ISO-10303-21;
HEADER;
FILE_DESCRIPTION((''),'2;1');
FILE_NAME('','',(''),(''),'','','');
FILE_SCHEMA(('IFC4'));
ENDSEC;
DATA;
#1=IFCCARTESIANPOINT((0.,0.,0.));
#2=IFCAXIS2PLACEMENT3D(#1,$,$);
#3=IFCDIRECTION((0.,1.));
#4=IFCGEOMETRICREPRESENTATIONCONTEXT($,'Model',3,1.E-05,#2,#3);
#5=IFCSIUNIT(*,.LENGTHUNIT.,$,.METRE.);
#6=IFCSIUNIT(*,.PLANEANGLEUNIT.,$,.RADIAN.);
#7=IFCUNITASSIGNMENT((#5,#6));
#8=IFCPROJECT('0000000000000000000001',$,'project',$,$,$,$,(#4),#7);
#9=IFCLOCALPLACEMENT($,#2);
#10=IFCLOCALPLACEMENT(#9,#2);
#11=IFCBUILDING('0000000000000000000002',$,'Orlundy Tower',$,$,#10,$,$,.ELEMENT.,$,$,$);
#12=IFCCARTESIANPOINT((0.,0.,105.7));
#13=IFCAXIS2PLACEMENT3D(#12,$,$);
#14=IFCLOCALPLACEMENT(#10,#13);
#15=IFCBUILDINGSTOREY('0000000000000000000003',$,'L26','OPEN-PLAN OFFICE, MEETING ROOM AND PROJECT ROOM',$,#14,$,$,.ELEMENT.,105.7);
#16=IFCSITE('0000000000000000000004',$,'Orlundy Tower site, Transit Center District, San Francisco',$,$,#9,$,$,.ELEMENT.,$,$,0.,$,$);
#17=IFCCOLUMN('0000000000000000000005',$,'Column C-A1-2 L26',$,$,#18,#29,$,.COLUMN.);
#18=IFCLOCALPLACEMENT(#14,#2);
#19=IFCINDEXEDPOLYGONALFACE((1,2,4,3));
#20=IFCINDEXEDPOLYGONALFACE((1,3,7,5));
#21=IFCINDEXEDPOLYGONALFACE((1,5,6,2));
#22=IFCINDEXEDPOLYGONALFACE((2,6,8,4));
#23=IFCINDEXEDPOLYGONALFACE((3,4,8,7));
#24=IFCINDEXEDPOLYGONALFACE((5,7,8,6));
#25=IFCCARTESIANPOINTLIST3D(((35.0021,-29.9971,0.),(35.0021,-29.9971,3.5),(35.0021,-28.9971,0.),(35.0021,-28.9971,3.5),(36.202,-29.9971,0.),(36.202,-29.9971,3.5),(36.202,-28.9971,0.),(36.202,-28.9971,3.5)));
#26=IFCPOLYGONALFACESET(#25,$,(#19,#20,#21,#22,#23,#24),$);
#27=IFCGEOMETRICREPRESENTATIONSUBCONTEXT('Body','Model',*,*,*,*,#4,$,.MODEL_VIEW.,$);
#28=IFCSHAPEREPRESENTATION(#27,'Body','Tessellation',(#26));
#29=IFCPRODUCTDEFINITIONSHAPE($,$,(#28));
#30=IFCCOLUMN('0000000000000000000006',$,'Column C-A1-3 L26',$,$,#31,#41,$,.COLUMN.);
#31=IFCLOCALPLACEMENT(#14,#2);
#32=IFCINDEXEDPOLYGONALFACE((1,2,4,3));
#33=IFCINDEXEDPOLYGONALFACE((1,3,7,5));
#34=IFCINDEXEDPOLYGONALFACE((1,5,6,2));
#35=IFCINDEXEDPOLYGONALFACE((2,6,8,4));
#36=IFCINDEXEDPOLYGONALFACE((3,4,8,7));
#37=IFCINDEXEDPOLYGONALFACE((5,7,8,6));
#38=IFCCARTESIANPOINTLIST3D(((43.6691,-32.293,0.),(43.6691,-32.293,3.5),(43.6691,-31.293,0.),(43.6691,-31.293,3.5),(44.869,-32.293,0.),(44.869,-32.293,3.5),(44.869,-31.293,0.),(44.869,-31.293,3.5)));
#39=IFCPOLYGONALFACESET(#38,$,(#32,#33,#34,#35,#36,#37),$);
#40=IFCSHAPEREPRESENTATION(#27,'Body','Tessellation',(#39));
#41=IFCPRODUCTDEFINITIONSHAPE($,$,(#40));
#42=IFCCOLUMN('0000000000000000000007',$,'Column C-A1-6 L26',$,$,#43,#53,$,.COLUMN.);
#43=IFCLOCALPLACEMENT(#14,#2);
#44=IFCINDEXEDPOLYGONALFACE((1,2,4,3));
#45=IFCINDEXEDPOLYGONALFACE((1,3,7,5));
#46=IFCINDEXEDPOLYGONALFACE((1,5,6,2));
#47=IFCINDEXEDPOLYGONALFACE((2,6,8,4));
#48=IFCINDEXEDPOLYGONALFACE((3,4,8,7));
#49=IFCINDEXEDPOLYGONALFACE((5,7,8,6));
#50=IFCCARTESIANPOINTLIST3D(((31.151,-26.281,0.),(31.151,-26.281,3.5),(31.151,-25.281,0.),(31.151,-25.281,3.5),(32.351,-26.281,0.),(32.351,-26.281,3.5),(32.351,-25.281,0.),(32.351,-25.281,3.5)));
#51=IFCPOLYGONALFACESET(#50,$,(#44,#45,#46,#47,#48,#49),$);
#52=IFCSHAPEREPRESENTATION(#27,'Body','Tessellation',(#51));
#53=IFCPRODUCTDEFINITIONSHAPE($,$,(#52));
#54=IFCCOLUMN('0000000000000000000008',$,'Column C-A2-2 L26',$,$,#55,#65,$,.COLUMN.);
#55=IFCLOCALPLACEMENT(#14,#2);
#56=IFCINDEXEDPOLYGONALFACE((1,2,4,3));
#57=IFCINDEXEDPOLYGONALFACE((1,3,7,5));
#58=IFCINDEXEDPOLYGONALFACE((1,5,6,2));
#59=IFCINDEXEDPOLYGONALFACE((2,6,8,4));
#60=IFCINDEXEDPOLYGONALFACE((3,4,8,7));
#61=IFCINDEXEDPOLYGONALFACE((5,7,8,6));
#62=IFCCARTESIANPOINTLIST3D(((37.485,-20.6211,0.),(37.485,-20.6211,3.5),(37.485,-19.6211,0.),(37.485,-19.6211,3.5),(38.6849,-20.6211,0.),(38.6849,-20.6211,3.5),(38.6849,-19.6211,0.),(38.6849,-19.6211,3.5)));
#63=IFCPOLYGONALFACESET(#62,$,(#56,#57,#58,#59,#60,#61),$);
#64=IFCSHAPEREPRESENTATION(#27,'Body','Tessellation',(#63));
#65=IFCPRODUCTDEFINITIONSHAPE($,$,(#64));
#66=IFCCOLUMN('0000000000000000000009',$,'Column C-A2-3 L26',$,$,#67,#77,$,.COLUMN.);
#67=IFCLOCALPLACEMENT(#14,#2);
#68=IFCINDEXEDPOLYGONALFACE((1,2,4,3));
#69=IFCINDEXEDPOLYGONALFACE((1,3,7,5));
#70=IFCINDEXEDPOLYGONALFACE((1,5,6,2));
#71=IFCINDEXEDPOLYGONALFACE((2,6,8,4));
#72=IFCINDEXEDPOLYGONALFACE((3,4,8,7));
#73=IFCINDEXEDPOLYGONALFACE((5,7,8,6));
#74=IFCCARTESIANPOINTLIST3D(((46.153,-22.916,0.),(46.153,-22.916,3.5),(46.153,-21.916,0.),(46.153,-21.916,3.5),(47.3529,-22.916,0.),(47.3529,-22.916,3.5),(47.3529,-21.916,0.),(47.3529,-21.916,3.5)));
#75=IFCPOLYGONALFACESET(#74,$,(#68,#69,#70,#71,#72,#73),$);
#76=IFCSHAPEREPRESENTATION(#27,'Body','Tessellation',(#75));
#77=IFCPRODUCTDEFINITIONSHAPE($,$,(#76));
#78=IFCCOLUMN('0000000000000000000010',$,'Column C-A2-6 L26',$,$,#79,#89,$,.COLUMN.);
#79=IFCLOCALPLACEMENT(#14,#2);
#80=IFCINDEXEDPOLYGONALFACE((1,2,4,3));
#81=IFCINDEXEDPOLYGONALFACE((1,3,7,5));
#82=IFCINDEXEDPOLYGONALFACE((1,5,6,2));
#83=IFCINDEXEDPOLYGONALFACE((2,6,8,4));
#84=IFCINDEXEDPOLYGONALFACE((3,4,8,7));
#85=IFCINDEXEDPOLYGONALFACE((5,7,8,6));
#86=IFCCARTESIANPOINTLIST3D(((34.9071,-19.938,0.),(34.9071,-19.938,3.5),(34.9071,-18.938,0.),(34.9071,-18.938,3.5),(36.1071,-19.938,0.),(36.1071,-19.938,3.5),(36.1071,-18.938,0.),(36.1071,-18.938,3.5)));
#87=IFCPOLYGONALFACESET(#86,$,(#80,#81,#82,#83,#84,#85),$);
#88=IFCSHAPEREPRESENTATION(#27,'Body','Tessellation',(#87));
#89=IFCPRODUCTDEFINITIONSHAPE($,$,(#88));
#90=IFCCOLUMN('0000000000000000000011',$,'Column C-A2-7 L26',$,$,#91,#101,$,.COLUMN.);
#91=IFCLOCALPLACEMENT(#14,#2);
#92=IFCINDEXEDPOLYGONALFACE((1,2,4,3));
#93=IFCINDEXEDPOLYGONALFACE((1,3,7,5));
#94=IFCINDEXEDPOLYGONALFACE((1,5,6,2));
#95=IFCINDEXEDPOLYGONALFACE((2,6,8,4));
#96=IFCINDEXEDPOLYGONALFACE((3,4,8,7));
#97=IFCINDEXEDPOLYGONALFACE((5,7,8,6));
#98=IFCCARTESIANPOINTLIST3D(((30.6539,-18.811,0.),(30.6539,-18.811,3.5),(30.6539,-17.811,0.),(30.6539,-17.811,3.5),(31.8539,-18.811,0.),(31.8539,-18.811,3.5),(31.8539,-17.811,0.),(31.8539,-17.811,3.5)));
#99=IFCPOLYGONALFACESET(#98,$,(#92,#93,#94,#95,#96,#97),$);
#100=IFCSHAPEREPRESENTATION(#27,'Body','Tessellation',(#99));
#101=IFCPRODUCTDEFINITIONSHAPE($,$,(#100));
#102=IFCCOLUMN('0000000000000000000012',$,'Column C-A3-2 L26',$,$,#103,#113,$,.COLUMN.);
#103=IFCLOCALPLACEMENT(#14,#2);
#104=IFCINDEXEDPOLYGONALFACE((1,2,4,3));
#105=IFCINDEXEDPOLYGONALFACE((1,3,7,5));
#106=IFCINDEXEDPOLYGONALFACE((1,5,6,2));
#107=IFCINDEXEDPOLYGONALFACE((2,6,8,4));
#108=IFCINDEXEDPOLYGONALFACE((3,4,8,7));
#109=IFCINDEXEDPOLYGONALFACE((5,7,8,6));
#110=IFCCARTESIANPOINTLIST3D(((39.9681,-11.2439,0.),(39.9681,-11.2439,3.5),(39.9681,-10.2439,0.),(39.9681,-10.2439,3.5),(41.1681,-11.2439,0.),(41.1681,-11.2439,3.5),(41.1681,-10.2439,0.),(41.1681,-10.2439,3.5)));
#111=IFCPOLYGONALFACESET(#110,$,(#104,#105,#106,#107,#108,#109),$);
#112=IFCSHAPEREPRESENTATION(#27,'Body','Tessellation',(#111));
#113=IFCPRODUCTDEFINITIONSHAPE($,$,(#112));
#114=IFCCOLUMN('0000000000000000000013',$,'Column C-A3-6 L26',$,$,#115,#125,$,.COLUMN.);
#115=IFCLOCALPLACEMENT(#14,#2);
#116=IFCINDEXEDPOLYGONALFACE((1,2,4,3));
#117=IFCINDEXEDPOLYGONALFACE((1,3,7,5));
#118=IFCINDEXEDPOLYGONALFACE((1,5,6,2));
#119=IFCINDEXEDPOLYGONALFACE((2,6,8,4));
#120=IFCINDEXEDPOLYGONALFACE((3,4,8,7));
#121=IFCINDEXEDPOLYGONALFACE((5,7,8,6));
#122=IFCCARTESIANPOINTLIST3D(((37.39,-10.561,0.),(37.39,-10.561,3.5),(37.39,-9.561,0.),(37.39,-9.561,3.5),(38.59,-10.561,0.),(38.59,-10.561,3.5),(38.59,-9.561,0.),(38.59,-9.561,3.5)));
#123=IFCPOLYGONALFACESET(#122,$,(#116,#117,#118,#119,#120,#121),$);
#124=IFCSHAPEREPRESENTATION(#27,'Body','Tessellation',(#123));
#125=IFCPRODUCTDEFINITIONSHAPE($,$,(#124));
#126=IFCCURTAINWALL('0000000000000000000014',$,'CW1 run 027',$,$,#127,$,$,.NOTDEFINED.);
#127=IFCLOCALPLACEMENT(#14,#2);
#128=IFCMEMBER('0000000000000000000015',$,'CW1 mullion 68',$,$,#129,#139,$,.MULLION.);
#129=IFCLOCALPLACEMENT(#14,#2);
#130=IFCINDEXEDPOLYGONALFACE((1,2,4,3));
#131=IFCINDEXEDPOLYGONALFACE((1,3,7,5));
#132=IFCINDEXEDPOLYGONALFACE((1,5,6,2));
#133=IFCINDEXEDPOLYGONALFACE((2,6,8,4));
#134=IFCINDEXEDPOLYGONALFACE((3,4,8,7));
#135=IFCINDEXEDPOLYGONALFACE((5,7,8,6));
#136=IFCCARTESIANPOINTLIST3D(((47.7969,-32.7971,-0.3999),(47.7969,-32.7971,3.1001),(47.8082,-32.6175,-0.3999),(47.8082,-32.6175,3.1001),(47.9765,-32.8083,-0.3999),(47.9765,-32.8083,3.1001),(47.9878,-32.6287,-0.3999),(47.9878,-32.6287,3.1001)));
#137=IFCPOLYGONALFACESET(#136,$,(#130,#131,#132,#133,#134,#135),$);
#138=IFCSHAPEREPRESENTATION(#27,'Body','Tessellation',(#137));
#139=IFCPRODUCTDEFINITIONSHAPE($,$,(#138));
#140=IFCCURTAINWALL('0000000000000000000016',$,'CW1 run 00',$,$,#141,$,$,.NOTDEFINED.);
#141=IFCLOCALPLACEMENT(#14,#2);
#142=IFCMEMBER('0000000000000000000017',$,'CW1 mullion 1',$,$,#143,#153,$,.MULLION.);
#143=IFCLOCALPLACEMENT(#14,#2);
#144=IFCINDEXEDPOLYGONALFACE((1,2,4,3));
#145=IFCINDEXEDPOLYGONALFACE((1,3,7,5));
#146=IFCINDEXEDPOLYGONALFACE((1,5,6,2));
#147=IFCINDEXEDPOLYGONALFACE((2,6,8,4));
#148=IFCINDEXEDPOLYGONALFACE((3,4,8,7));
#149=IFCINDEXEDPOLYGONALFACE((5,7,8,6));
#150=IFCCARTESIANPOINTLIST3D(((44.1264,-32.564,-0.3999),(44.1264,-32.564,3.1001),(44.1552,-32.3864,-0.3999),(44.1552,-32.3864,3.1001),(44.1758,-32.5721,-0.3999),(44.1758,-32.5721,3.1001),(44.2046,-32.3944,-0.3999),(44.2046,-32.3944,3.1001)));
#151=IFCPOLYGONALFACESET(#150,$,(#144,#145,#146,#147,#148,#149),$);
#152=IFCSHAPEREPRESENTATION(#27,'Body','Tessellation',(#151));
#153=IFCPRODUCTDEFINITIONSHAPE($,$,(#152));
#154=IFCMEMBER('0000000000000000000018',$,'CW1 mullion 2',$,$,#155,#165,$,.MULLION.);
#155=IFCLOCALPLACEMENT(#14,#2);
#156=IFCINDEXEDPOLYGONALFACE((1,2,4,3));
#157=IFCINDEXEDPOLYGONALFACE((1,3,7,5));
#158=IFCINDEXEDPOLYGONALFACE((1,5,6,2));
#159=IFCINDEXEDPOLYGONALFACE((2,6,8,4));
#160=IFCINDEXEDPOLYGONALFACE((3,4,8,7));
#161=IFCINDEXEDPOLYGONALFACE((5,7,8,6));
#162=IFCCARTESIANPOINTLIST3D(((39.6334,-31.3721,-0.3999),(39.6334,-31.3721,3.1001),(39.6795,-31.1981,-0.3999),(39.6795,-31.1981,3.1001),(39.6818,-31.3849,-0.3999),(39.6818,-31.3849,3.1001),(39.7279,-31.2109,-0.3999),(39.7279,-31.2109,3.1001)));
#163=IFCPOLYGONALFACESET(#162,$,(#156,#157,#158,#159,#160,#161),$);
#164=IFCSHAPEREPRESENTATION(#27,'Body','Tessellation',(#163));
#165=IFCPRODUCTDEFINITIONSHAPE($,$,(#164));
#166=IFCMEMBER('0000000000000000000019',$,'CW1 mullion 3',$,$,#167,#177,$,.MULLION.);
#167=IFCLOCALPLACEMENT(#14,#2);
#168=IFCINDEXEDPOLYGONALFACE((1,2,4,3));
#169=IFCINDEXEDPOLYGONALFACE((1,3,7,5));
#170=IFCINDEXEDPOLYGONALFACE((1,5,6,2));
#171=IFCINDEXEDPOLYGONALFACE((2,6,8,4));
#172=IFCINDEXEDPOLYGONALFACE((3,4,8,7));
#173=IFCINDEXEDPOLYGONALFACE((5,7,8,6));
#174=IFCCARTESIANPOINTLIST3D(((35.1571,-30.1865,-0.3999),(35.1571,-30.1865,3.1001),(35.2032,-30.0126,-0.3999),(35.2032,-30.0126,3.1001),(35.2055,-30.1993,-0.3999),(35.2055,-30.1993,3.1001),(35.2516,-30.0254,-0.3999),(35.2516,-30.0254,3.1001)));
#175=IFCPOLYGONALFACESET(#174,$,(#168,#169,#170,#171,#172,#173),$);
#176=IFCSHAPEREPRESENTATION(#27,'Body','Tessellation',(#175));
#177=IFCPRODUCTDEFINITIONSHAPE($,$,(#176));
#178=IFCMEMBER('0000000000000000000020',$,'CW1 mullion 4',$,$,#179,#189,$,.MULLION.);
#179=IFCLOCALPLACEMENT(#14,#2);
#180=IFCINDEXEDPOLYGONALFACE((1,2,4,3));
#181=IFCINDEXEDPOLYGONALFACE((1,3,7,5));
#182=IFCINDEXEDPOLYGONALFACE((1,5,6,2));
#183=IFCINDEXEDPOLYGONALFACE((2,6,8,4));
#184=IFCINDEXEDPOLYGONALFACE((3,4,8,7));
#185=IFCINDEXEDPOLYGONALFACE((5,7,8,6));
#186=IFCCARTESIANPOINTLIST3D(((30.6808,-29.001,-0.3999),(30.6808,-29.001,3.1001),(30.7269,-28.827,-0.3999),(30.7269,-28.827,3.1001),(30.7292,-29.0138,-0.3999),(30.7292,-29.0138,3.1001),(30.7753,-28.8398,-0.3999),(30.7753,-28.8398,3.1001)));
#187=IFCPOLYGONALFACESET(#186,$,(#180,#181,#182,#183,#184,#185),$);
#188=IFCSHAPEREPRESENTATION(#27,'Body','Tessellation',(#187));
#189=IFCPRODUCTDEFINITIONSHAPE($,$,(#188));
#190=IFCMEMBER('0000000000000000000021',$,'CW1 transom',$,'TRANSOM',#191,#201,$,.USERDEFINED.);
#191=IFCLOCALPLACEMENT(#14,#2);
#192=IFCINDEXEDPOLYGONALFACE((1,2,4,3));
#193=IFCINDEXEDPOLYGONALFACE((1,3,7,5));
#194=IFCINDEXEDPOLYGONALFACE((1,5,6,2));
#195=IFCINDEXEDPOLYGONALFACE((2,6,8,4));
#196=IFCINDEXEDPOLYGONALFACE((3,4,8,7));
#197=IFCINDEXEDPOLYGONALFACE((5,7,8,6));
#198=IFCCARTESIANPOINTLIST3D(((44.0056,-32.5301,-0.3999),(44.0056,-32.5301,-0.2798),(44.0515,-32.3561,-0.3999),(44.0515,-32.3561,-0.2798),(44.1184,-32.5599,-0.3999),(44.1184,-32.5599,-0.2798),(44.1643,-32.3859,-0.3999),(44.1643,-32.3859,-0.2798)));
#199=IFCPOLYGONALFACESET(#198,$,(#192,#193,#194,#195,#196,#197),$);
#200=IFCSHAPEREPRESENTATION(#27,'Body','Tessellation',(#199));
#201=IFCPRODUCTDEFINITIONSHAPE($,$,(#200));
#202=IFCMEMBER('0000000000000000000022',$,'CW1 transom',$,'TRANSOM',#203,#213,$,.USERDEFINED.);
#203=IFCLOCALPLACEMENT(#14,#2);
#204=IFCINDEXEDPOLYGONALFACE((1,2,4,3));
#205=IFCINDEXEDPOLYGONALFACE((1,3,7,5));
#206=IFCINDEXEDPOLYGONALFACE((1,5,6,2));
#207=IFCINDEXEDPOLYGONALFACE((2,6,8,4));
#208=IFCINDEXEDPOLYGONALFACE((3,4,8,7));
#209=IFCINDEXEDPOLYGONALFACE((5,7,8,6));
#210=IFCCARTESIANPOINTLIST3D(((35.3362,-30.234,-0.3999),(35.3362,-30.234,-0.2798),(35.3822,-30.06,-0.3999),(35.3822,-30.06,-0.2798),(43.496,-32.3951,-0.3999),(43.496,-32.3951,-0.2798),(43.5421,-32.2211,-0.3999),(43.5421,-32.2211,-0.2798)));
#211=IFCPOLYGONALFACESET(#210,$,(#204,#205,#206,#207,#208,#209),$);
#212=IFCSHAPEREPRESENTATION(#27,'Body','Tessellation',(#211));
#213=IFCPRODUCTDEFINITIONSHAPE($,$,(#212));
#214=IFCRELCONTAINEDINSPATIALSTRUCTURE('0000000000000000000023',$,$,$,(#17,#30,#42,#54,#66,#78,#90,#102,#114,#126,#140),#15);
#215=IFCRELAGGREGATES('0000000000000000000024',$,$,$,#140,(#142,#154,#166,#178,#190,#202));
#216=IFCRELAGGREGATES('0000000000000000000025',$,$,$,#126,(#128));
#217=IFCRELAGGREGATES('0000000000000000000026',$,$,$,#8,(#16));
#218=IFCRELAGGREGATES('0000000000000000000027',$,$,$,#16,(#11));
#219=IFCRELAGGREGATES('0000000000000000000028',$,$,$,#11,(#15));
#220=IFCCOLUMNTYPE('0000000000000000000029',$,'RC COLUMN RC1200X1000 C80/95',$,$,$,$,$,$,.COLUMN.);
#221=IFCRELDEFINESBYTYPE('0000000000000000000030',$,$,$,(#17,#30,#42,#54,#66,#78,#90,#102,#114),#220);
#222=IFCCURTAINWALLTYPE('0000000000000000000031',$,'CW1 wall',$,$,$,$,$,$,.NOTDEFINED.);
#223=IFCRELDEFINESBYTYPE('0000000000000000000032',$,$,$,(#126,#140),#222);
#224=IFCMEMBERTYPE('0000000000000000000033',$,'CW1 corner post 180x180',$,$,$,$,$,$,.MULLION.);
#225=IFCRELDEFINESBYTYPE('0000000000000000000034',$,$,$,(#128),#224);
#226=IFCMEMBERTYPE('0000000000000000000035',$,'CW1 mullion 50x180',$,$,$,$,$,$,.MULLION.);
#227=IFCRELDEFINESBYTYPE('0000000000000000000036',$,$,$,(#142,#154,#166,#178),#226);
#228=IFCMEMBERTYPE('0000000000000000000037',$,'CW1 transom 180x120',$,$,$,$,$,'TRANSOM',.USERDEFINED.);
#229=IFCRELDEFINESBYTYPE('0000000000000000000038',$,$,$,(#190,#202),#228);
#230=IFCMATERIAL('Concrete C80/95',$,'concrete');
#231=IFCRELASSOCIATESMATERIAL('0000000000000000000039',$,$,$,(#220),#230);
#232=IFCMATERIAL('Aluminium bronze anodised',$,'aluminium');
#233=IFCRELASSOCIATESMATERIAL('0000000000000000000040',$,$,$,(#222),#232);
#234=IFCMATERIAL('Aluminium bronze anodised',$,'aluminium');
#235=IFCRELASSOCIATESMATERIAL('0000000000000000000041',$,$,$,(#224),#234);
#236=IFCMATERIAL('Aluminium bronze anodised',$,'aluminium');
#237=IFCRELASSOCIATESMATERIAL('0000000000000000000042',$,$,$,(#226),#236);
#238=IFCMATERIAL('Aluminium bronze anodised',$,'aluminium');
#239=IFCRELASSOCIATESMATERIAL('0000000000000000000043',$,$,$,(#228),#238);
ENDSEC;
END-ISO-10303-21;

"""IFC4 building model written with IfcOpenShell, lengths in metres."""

from ifc_helpers import new_model, si_unit, direction, frame, origin, origin_2d, place, context, subcontext, project, spatial, rectangle, extrude, material, material_profile, profile_set, type_object, element, aggregate, save


model = new_model("IFC4")

# Units and contexts
model_context = context("Model", 3, precision=1e-05, world=origin(), true_north=direction((0.0, 1.0)))
body_context = subcontext(model_context, "Body", "Model", "MODEL_VIEW")
ifc_project = project(units=[si_unit("LENGTHUNIT", "METRE"), si_unit("PLANEANGLEUNIT", "RADIAN")], contexts=[model_context])

# Site, building, storey
site_placement = place(None, origin())
site = spatial("IfcSite", under=ifc_project, at=site_placement, Name="Orlundy Tower site, Transit Center District, San Francisco", CompositionType="ELEMENT", RefElevation=0.0)
building_placement = place(site_placement, origin())
building = spatial("IfcBuilding", under=site, at=building_placement, Name="Orlundy Tower", CompositionType="ELEMENT")
storey_placement = place(building_placement, frame((0.0, 0.0, 105.7)))
storey = spatial("IfcBuildingStorey", under=building, at=storey_placement, Name="L26", Description="OPEN-PLAN OFFICE, MEETING ROOM AND PROJECT ROOM", CompositionType="ELEMENT", Elevation=105.7)

# Columns
ifc_material_1 = material(Name="Concrete C80/95", Category="concrete")
ifc_material_profile_1 = material_profile(ifc_material_1, rectangle(XDim=1.2, YDim=1.0, at=origin_2d()), Name="RC1200X1000")
ifc_profile_set_1 = profile_set([ifc_material_profile_1], Name="Concrete C80/95")
column_type = type_object("IfcColumnType", Name="RC COLUMN RC1200X1000 C80/95", PredefinedType="COLUMN", material=ifc_profile_set_1)
for number, where, z_axis, x_axis, name in (
    (1, (35.6021, -29.4971, 0.0), (0.0, 0.0, 1.0), (1.0, 0.0, 0.0), "Column C-A1-2 L26"),
    (2, (44.269, -31.793, 0.0), (0.0, 0.0, 1.0), (1.0, 0.0, 0.0), "Column C-A1-3 L26"),
    (3, (31.751, -25.781, 0.0), (0.0, 0.0, 1.0), (1.0, 0.0, 0.0), "Column C-A1-6 L26"),
    (4, (38.085, -20.1211, 0.0), (0.0, 0.0, 1.0), (1.0, 0.0, 0.0), "Column C-A2-2 L26"),
    (5, (46.7529, -22.416, 0.0), (0.0, 0.0, 1.0), (1.0, 0.0, 0.0), "Column C-A2-3 L26"),
    (6, (35.5071, -19.438, 0.0), (0.0, 0.0, 1.0), (1.0, 0.0, 0.0), "Column C-A2-6 L26"),
    (7, (31.2539, -18.311, 0.0), (0.0, 0.0, 1.0), (1.0, 0.0, 0.0), "Column C-A2-7 L26"),
    (8, (40.5681, -10.7439, 0.0), (0.0, 0.0, 1.0), (1.0, 0.0, 0.0), "Column C-A3-2 L26"),
    (9, (37.99, -10.061, 0.0), (0.0, 0.0, 1.0), (1.0, 0.0, 0.0), "Column C-A3-6 L26"),
):
    element("IfcColumn", number, at=place(storey_placement, frame(where, z_axis=z_axis, x_axis=x_axis)), inside=storey, type_object=column_type, Name=name, PredefinedType="COLUMN", context=body_context, shape_type="SweptSolid", body=[
        extrude(rectangle(XDim=1.2, YDim=1.0, at=origin_2d()), origin(), (0.0, 0.0, 1.0), 3.5),
    ])

# Curtain wall, member
ifc_material_2 = material(Name="Aluminium bronze anodised", Category="aluminium")
curtain_wall_type = type_object("IfcCurtainWallType", Name="CW1 wall", PredefinedType="NOTDEFINED", material=ifc_material_2)
curtain_wall_1_placement = place(storey_placement, origin())
curtain_wall_1 = element("IfcCurtainWall", 10, at=curtain_wall_1_placement, inside=storey, type_object=curtain_wall_type, Name="CW1 run 027", PredefinedType="NOTDEFINED")
ifc_material_3 = material(Name="Aluminium bronze anodised", Category="aluminium")
ifc_material_profile_2 = material_profile(ifc_material_3, rectangle(XDim=0.1799, YDim=0.1799, at=origin_2d()), Name="CW1 corner post 180x180")
ifc_profile_set_2 = profile_set([ifc_material_profile_2], Name="Aluminium bronze anodised")
member_type_1 = type_object("IfcMemberType", Name="CW1 corner post 180x180", PredefinedType="MULLION", material=ifc_profile_set_2)
member_1_placement = place(storey_placement, frame((47.8923, -32.7129, -0.3999), z_axis=(0.0, 0.0, 1.0), x_axis=(-0.06258, -0.99804, 0.0)))
member_1 = element("IfcMember", 11, at=member_1_placement, type_object=member_type_1, Name="CW1 mullion 68", PredefinedType="MULLION", context=body_context, shape_type="SweptSolid", body=[
    extrude(rectangle(XDim=0.1799, YDim=0.1799, at=origin_2d()), origin(), (0.0, 0.0, 1.0), 3.5),
])

# Curtain wall, members
curtain_wall_2_placement = place(storey_placement, origin())
curtain_wall_2 = element("IfcCurtainWall", 12, at=curtain_wall_2_placement, inside=storey, type_object=curtain_wall_type, Name="CW1 run 00", PredefinedType="NOTDEFINED")
ifc_material_4 = material(Name="Aluminium bronze anodised", Category="aluminium")
ifc_material_profile_3 = material_profile(ifc_material_4, rectangle(XDim=0.1799, YDim=0.05, at=origin_2d()), Name="CW1 mullion 50x180")
ifc_profile_set_3 = profile_set([ifc_material_profile_3], Name="Aluminium bronze anodised")
member_type_2 = type_object("IfcMemberType", Name="CW1 mullion 50x180", PredefinedType="MULLION", material=ifc_profile_set_3)
member_2_placement = place(storey_placement, frame((44.1655, -32.4792, -0.3999), z_axis=(0.0, 0.0, 1.0), x_axis=(-0.160066, -0.987106, 0.0)))
member_2 = element("IfcMember", 13, at=member_2_placement, type_object=member_type_2, Name="CW1 mullion 1", PredefinedType="MULLION", context=body_context, shape_type="SweptSolid", body=[
    extrude(rectangle(XDim=0.1799, YDim=0.05, at=origin_2d()), origin(), (0.0, 0.0, 1.0), 3.5),
])
member_3_placement = place(storey_placement, frame((39.6807, -31.2915, -0.3999), z_axis=(0.0, 0.0, 1.0), x_axis=(-0.256011, -0.966674, 0.0)))
member_3 = element("IfcMember", 14, at=member_3_placement, type_object=member_type_2, Name="CW1 mullion 2", PredefinedType="MULLION", context=body_context, shape_type="SweptSolid", body=[
    extrude(rectangle(XDim=0.1799, YDim=0.05, at=origin_2d()), origin(), (0.0, 0.0, 1.0), 3.5),
])
member_4_placement = place(storey_placement, frame((35.2043, -30.106, -0.3999), z_axis=(0.0, 0.0, 1.0), x_axis=(-0.256011, -0.966674, 0.0)))
member_4 = element("IfcMember", 15, at=member_4_placement, type_object=member_type_2, Name="CW1 mullion 3", PredefinedType="MULLION", context=body_context, shape_type="SweptSolid", body=[
    extrude(rectangle(XDim=0.1799, YDim=0.05, at=origin_2d()), origin(), (0.0, 0.0, 1.0), 3.5),
])
member_5_placement = place(storey_placement, frame((30.728, -28.9204, -0.3999), z_axis=(0.0, 0.0, 1.0), x_axis=(-0.256011, -0.966674, 0.0)))
member_5 = element("IfcMember", 16, at=member_5_placement, type_object=member_type_2, Name="CW1 mullion 4", PredefinedType="MULLION", context=body_context, shape_type="SweptSolid", body=[
    extrude(rectangle(XDim=0.1799, YDim=0.05, at=origin_2d()), origin(), (0.0, 0.0, 1.0), 3.5),
])
ifc_material_5 = material(Name="Aluminium bronze anodised", Category="aluminium")
ifc_material_profile_4 = material_profile(ifc_material_5, rectangle(XDim=0.1799, YDim=0.1201, at=origin_2d()), Name="CW1 transom 180x120")
ifc_profile_set_4 = profile_set([ifc_material_profile_4], Name="Aluminium bronze anodised")
member_type_3 = type_object("IfcMemberType", Name="CW1 transom 180x120", ElementType="TRANSOM", PredefinedType="USERDEFINED", material=ifc_profile_set_4)
member_6_placement = place(storey_placement, frame((44.1414, -32.4729, -0.3398), z_axis=(-0.966857, 0.255317, 0.0), x_axis=(-0.255317, -0.966857, 0.0)))
member_6 = element("IfcMember", 17, at=member_6_placement, type_object=member_type_3, Name="CW1 transom", ObjectType="TRANSOM", PredefinedType="USERDEFINED", context=body_context, shape_type="SweptSolid", body=[
    extrude(rectangle(XDim=0.1799, YDim=0.1201, at=origin_2d()), origin(), (0.0, 0.0, 1.0), 0.1167),
])
member_7_placement = place(storey_placement, frame((43.519, -32.3081, -0.3398), z_axis=(-0.966671, 0.256021, 0.0), x_axis=(-0.256021, -0.966671, 0.0)))
member_7 = element("IfcMember", 18, at=member_7_placement, type_object=member_type_3, Name="CW1 transom", ObjectType="TRANSOM", PredefinedType="USERDEFINED", context=body_context, shape_type="SweptSolid", body=[
    extrude(rectangle(XDim=0.1799, YDim=0.1201, at=origin_2d()), origin(), (0.0, 0.0, 1.0), 8.4412),
])

aggregate(curtain_wall_2, [member_2, member_3, member_4, member_5, member_6, member_7])
aggregate(curtain_wall_1, [member_1])

save(model, "model.ifc")
